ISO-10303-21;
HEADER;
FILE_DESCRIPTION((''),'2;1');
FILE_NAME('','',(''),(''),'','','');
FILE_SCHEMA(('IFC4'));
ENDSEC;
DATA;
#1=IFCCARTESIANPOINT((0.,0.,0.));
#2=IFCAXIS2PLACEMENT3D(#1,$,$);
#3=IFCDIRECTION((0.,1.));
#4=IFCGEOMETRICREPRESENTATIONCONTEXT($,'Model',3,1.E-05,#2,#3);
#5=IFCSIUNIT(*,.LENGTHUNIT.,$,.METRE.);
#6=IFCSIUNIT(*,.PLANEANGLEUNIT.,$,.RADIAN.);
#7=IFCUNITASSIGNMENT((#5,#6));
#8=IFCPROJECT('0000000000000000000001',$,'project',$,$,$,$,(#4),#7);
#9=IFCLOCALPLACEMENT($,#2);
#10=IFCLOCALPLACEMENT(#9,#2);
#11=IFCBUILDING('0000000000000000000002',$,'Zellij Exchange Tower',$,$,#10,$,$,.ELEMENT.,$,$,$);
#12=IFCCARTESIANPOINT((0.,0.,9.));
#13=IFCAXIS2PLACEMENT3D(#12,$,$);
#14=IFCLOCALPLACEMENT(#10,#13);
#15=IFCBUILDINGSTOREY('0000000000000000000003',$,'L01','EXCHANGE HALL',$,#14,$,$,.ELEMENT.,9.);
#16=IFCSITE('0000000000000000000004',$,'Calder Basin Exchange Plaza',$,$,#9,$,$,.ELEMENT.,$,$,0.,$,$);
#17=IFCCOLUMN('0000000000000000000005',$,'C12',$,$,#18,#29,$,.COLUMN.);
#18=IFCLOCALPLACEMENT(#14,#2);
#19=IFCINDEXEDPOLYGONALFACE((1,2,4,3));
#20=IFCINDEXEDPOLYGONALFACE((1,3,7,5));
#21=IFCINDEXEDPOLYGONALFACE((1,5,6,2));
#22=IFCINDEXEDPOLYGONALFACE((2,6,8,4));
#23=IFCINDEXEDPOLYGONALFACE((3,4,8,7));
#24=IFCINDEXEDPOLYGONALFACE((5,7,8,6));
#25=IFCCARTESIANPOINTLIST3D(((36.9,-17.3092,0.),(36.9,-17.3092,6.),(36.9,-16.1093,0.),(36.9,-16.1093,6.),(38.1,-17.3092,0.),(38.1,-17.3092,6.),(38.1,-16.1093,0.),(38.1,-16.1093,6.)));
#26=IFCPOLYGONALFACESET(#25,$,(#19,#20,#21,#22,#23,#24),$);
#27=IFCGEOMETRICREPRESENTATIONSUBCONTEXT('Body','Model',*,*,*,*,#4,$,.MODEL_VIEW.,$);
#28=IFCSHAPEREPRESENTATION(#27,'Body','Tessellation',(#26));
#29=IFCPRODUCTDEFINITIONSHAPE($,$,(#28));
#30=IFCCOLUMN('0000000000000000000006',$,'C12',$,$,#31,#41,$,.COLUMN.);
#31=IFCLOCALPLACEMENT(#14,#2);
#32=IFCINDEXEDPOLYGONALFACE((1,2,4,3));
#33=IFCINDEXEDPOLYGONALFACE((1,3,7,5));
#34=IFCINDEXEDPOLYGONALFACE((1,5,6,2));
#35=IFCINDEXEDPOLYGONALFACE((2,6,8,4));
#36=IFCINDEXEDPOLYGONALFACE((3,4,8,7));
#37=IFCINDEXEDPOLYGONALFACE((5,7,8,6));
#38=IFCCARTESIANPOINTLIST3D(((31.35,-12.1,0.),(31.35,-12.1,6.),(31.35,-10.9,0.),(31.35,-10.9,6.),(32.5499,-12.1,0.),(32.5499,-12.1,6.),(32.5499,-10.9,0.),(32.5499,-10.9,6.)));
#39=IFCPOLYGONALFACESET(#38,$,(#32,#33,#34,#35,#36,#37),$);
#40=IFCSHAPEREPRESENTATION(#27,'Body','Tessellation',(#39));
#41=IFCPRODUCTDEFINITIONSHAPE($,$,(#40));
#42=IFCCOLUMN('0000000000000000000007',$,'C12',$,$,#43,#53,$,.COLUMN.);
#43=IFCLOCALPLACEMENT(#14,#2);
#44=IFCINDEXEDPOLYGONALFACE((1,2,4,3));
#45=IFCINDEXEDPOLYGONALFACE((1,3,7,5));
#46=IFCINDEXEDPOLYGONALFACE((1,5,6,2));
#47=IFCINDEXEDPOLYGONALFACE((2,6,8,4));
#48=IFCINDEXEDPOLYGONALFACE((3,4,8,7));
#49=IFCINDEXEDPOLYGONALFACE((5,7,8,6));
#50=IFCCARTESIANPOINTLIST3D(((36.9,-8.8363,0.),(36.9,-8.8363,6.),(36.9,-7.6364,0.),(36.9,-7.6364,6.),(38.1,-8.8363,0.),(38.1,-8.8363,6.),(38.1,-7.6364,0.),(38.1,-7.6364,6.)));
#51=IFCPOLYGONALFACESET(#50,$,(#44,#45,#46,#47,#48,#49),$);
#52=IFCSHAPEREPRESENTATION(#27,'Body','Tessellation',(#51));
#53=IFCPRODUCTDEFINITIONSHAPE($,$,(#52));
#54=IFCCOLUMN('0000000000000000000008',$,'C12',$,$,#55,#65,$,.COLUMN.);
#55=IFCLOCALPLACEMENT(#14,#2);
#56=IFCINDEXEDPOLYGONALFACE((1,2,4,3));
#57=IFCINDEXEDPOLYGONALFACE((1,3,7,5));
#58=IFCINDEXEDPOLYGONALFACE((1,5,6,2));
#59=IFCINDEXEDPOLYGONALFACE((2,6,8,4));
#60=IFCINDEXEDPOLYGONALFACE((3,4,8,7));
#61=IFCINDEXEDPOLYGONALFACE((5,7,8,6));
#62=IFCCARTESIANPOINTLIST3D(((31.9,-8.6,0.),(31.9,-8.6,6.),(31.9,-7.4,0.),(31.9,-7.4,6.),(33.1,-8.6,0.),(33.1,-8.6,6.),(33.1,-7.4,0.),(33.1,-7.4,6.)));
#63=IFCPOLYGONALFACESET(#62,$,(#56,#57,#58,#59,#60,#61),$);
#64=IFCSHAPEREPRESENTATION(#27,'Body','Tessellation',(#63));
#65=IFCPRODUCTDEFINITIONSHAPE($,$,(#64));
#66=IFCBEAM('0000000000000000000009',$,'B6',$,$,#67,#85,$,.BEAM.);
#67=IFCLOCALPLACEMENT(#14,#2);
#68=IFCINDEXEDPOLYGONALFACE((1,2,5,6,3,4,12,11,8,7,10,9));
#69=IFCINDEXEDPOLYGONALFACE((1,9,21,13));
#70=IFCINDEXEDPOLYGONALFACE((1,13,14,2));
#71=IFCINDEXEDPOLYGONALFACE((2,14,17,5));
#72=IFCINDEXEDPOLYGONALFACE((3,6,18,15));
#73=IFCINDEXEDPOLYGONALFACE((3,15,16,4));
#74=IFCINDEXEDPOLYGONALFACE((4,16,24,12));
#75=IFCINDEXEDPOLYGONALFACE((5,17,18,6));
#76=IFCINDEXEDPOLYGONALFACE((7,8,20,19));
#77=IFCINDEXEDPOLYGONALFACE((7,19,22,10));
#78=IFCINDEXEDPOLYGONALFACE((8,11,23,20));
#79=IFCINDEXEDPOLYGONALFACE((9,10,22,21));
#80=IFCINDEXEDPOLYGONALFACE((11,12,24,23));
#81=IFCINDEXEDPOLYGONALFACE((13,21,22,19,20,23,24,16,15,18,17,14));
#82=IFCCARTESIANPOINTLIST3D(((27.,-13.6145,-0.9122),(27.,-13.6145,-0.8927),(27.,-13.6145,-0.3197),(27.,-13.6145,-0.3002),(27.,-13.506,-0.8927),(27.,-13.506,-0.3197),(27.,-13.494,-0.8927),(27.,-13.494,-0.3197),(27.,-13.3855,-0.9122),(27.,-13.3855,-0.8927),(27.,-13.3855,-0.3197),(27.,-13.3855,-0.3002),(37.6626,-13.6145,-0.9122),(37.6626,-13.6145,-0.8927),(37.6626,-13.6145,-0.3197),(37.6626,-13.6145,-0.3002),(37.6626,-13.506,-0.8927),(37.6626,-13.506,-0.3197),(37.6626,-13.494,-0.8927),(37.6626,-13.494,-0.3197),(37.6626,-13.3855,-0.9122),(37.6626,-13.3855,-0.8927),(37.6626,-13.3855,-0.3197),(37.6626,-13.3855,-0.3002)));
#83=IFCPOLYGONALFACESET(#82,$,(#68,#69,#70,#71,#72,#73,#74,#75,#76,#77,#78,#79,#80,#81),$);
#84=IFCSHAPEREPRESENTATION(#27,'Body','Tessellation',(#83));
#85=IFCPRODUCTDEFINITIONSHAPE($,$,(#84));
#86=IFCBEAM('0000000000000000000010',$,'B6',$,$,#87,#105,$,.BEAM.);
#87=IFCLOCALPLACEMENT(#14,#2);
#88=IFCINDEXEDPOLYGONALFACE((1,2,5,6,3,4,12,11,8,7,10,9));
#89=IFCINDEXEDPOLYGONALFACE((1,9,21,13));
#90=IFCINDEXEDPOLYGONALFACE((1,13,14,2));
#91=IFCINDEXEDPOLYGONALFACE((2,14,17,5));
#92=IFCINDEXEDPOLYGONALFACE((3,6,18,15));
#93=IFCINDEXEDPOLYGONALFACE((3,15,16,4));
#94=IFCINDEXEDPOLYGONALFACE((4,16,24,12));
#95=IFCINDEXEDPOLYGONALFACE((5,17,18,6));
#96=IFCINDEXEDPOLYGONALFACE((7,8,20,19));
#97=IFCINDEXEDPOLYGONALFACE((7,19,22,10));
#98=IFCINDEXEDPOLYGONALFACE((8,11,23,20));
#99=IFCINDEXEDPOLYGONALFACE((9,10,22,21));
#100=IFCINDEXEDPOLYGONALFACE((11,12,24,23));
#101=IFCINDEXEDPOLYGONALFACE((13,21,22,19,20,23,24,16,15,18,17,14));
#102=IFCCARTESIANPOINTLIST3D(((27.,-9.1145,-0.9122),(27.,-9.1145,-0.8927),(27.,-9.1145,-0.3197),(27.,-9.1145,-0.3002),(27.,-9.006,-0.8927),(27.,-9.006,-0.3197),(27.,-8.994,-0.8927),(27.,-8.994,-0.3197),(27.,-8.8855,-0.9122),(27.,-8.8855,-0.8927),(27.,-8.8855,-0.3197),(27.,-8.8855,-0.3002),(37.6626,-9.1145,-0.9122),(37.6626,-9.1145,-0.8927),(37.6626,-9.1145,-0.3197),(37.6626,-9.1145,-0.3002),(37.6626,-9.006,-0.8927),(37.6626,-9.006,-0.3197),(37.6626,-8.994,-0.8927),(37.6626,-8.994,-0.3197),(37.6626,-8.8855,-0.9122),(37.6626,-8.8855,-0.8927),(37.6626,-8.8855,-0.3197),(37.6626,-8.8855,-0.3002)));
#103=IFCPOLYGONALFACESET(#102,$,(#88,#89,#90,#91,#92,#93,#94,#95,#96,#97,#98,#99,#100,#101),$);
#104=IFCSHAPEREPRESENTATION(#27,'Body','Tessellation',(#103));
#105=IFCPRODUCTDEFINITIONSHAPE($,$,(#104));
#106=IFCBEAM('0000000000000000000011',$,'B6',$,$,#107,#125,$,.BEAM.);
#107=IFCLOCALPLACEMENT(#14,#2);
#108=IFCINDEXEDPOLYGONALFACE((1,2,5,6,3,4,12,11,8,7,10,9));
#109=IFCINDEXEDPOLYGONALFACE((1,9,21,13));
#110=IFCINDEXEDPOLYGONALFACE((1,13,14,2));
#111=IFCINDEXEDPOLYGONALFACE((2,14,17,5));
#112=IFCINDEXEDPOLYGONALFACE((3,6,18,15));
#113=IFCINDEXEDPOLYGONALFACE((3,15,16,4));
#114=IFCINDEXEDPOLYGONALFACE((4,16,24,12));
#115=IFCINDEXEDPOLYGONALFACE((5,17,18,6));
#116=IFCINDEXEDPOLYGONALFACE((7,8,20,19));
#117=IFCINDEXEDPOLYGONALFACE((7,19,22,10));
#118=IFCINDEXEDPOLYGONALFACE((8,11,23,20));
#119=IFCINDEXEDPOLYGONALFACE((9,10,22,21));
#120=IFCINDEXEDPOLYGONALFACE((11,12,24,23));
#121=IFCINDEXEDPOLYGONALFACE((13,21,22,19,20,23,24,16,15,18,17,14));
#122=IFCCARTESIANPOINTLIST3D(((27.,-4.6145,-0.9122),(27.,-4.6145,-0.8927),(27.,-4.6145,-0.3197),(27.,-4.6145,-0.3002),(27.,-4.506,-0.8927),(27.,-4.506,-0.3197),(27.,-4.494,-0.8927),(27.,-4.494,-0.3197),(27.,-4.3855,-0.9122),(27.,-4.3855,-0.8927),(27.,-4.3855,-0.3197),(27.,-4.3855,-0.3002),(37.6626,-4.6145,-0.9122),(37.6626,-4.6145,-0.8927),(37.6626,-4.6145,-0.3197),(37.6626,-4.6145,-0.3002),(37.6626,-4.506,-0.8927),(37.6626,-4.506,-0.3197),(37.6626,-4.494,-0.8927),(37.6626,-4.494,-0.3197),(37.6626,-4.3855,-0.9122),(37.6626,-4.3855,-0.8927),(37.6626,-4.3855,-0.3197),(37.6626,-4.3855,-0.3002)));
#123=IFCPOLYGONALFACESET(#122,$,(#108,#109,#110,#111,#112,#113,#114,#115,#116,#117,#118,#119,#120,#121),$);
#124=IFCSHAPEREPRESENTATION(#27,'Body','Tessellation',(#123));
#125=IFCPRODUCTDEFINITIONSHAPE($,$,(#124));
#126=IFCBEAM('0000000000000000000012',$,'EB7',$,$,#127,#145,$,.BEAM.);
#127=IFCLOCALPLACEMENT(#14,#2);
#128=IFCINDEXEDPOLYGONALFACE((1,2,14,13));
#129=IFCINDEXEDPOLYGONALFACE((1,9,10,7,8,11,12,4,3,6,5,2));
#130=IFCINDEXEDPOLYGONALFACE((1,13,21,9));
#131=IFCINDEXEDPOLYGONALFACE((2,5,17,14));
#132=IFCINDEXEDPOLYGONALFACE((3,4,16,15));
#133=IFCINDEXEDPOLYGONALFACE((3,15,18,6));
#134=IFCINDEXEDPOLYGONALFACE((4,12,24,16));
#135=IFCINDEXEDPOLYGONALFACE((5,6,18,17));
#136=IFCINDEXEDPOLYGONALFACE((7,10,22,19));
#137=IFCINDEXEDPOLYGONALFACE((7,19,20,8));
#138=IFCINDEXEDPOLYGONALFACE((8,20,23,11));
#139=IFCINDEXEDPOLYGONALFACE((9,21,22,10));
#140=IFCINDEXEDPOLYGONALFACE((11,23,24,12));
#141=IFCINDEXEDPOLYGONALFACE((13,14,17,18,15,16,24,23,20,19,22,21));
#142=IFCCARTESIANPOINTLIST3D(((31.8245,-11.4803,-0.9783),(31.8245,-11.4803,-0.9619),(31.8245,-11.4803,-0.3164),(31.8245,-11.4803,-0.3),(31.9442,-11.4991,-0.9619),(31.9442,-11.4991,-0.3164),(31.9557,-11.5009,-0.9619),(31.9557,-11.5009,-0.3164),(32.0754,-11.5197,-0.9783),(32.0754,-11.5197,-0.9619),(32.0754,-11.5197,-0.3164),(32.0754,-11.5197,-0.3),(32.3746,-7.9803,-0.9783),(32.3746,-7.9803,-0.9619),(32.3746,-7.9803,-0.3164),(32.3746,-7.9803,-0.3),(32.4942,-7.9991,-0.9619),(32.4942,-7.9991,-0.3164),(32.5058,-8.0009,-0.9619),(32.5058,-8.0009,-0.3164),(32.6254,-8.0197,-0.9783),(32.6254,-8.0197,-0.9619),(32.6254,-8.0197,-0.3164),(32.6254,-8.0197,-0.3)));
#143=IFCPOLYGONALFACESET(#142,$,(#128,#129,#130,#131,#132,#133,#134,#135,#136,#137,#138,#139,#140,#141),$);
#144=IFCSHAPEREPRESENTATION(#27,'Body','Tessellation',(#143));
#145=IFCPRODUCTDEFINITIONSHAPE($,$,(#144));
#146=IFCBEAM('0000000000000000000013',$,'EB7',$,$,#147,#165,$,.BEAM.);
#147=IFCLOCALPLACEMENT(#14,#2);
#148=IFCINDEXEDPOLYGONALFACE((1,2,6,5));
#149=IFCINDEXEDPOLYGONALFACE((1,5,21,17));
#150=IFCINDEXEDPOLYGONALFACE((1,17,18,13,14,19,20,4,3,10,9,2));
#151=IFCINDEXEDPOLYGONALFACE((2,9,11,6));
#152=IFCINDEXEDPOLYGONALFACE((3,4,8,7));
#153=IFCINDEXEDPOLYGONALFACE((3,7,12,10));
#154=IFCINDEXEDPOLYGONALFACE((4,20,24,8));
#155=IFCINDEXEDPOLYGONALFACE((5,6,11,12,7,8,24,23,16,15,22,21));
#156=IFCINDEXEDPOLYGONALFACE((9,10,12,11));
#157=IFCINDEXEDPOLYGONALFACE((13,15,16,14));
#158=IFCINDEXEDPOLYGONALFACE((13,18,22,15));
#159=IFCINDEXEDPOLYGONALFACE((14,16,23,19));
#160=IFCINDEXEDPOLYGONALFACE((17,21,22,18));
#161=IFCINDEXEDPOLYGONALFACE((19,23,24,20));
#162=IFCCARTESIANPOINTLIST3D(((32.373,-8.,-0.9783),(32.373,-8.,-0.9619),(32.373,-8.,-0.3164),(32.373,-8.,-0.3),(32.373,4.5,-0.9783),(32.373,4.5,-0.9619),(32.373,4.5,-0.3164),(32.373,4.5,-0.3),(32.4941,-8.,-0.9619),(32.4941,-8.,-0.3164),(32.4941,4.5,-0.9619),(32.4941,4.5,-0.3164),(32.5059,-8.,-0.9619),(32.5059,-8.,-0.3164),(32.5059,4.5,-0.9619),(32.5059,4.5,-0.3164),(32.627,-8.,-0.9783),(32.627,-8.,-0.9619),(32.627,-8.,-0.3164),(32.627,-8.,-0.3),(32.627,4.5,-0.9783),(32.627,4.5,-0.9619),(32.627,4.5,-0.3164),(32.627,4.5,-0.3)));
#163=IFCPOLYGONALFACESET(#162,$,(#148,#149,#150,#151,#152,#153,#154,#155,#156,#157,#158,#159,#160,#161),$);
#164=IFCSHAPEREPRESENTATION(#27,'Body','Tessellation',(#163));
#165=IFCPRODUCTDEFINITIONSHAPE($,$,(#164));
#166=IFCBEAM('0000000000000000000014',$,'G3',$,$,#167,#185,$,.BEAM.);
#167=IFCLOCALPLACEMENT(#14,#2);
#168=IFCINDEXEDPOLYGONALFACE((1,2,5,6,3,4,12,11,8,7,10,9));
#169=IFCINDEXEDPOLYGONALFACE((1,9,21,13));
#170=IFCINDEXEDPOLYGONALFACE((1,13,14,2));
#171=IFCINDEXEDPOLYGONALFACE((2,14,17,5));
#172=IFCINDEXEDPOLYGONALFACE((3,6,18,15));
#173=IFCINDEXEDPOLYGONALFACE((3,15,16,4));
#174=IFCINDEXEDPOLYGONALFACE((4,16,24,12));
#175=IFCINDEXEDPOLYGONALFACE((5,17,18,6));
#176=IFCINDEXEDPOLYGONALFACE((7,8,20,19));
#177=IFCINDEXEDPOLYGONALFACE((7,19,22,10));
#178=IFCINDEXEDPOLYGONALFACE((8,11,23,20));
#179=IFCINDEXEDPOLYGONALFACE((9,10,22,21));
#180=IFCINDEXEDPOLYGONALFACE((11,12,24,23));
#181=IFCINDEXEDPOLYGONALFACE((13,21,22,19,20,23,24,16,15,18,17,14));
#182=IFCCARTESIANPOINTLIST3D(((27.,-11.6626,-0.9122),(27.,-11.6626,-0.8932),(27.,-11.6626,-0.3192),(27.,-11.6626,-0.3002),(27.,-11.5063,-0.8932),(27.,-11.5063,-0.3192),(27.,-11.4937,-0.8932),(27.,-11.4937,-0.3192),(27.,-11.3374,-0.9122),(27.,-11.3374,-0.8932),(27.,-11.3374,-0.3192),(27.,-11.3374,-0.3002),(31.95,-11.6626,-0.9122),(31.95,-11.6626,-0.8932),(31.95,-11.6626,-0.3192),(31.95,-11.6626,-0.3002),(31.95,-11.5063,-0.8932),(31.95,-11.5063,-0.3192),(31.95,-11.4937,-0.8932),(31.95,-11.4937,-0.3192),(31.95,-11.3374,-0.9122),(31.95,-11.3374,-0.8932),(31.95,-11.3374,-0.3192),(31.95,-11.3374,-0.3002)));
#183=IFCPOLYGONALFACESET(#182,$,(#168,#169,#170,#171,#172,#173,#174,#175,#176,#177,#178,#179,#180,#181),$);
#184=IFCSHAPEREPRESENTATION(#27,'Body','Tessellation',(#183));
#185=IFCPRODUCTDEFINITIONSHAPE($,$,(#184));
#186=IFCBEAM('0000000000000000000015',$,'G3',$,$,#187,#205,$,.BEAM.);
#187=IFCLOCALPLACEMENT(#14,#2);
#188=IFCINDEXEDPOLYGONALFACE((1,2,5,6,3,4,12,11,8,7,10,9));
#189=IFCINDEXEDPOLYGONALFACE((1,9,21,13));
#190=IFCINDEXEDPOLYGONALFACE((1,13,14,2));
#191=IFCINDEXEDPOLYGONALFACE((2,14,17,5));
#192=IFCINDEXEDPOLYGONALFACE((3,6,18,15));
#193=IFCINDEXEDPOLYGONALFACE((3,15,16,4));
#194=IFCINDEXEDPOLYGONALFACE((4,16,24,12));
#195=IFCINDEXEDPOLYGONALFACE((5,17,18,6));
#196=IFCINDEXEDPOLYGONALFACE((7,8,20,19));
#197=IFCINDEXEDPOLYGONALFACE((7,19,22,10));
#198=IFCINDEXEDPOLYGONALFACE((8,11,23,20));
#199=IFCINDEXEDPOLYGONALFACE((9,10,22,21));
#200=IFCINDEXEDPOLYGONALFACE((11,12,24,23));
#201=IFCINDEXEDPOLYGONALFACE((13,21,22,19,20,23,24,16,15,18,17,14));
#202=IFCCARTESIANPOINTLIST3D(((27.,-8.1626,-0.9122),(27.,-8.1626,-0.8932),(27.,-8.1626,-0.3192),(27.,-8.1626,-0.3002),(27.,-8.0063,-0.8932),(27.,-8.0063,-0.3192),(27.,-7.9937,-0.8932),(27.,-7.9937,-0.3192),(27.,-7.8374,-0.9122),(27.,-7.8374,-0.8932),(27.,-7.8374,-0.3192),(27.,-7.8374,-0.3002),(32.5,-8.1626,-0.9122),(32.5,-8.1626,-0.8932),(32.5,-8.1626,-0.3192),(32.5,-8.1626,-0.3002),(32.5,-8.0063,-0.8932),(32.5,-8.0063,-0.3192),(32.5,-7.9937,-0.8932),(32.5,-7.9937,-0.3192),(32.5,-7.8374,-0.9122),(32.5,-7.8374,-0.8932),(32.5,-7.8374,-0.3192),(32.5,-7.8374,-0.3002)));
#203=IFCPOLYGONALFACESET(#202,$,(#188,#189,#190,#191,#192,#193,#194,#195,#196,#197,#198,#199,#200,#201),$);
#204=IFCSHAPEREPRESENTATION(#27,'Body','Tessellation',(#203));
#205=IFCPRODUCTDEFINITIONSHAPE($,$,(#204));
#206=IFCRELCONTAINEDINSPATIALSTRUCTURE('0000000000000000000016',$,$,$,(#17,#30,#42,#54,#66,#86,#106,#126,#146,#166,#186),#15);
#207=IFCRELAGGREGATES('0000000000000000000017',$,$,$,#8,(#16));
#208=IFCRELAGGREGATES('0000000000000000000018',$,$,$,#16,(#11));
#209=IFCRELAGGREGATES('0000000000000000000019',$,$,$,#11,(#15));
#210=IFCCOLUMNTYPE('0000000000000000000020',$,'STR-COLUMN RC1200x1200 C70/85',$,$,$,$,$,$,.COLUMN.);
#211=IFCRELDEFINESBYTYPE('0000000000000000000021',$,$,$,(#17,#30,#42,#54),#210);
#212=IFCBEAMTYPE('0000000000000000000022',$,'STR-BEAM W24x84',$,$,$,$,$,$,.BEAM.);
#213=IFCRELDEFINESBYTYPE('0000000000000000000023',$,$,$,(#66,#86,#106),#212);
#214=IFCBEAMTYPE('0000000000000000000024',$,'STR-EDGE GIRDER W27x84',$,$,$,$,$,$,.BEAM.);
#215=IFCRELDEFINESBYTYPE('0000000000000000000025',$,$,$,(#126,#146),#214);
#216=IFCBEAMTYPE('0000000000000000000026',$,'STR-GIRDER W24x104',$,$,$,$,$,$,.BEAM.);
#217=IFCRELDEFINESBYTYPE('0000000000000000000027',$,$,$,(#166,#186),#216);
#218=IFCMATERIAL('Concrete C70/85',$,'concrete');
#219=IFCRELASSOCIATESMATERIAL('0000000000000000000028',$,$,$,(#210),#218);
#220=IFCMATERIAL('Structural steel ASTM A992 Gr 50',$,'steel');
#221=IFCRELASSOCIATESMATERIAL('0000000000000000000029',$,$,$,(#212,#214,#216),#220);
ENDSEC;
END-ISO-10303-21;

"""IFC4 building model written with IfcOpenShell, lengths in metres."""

from ifc_helpers import new_model, si_unit, direction, frame, origin, origin_2d, place, context, subcontext, project, spatial, rectangle, i_section, extrude, material, material_profile, profile_set, type_object, element, save


model = new_model("IFC4")

# Units and contexts
model_context = context("Model", 3, precision=1e-05, world=origin(), true_north=direction((0.0, 1.0)))
body_context = subcontext(model_context, "Body", "Model", "MODEL_VIEW")
ifc_project = project(units=[si_unit("LENGTHUNIT", "METRE"), si_unit("PLANEANGLEUNIT", "RADIAN")], contexts=[model_context])

# Site, building, storey
site_placement = place(None, origin())
site = spatial("IfcSite", under=ifc_project, at=site_placement, Name="Calder Basin Exchange Plaza", CompositionType="ELEMENT", RefElevation=0.0)
building_placement = place(site_placement, origin())
building = spatial("IfcBuilding", under=site, at=building_placement, Name="Zellij Exchange Tower", CompositionType="ELEMENT")
storey_placement = place(building_placement, frame((0.0, 0.0, 9.0)))
storey = spatial("IfcBuildingStorey", under=building, at=storey_placement, Name="L01", Description="EXCHANGE HALL", CompositionType="ELEMENT", Elevation=9.0)

# Columns
ifc_material_1 = material(Name="Concrete C70/85", Category="concrete")
ifc_material_profile_1 = material_profile(ifc_material_1, rectangle(XDim=1.2, YDim=1.2, at=origin_2d()), Name="STR-COLUMN RC1200x1200 C70/85")
ifc_profile_set_1 = profile_set([ifc_material_profile_1], Name="Concrete C70/85")
column_type = type_object("IfcColumnType", Name="STR-COLUMN RC1200x1200 C70/85", PredefinedType="COLUMN", material=ifc_profile_set_1)
for number, where, z_axis, x_axis, name in (
    (1, (37.5, -16.7092, 0.0), (0.0, 0.0, 1.0), (1.0, 0.0, 0.0), "C12"),
    (2, (31.95, -11.5, 0.0), (0.0, 0.0, 1.0), (1.0, 0.0, 0.0), "C12"),
    (3, (37.5, -8.2363, 0.0), (0.0, 0.0, 1.0), (1.0, 0.0, 0.0), "C12"),
    (4, (32.5, -8.0, 0.0), (0.0, 0.0, 1.0), (1.0, 0.0, 0.0), "C12"),
):
    element("IfcColumn", number, at=place(storey_placement, frame(where, z_axis=z_axis, x_axis=x_axis)), inside=storey, type_object=column_type, Name=name, PredefinedType="COLUMN", context=body_context, shape_type="SweptSolid", body=[
        extrude(rectangle(XDim=1.2, YDim=1.2, at=origin_2d()), origin(), (0.0, 0.0, 1.0), 6.0),
    ])

# Beams
ifc_material_2 = material(Name="Structural steel ASTM A992 Gr 50", Category="steel")
ifc_material_profile_2 = material_profile(ifc_material_2, i_section(OverallWidth=0.229, OverallDepth=0.6121, WebThickness=0.012, FlangeThickness=0.0195, at=origin_2d()), Name="W24x84")
ifc_profile_set_2 = profile_set([ifc_material_profile_2], Name="Structural steel ASTM A992 Gr 50")
beam_type_1 = type_object("IfcBeamType", Name="STR-BEAM W24x84", PredefinedType="BEAM", material=ifc_profile_set_2)
for number, where, z_axis, x_axis, name in (
    (5, (27.0, -13.5, -0.6062), (1.0, 0.0, 0.0), (0.0, 1.0, 0.0), "B6"),
    (6, (27.0, -9.0, -0.6062), (1.0, 0.0, 0.0), (0.0, 1.0, 0.0), "B6"),
    (7, (27.0, -4.5, -0.6062), (1.0, 0.0, 0.0), (0.0, 1.0, 0.0), "B6"),
):
    element("IfcBeam", number, at=place(storey_placement, frame(where, z_axis=z_axis, x_axis=x_axis)), inside=storey, type_object=beam_type_1, Name=name, PredefinedType="BEAM", context=body_context, shape_type="SweptSolid", body=[
        extrude(i_section(OverallWidth=0.229, OverallDepth=0.6121, WebThickness=0.012, FlangeThickness=0.0195, at=origin_2d()), origin(), (0.0, 0.0, 1.0), 10.6626),
    ])
ifc_material_profile_3 = material_profile(ifc_material_2, i_section(OverallWidth=0.2539, OverallDepth=0.6782, WebThickness=0.0117, FlangeThickness=0.0164, at=origin_2d()), Name="W27x84")
ifc_profile_set_3 = profile_set([ifc_material_profile_3], Name="Structural steel ASTM A992 Gr 50")
beam_type_2 = type_object("IfcBeamType", Name="STR-EDGE GIRDER W27x84", PredefinedType="BEAM", material=ifc_profile_set_3)
beam_1_placement = place(storey_placement, frame((31.95, -11.5, -0.6392), z_axis=(0.155251, 0.987875, 0.0), x_axis=(-0.987875, 0.155251, 0.0)))
element("IfcBeam", 8, at=beam_1_placement, inside=storey, type_object=beam_type_2, Name="EB7", PredefinedType="BEAM", context=body_context, shape_type="SweptSolid", body=[
    extrude(i_section(OverallWidth=0.2539, OverallDepth=0.6782, WebThickness=0.0117, FlangeThickness=0.0164, at=origin_2d()), origin(), (0.0, 0.0, 1.0), 3.543),
])
beam_2_placement = place(storey_placement, frame((32.5, -8.0, -0.6392), z_axis=(0.0, 1.0, 0.0), x_axis=(-1.0, 0.0, 0.0)))
element("IfcBeam", 9, at=beam_2_placement, inside=storey, type_object=beam_type_2, Name="EB7", PredefinedType="BEAM", context=body_context, shape_type="SweptSolid", body=[
    extrude(i_section(OverallWidth=0.2539, OverallDepth=0.6782, WebThickness=0.0117, FlangeThickness=0.0164, at=origin_2d()), origin(), (0.0, 0.0, 1.0), 12.5),
])
ifc_material_profile_4 = material_profile(ifc_material_2, i_section(OverallWidth=0.3252, OverallDepth=0.6121, WebThickness=0.0127, FlangeThickness=0.019, at=origin_2d()), Name="W24x104")
ifc_profile_set_4 = profile_set([ifc_material_profile_4], Name="Structural steel ASTM A992 Gr 50")
beam_type_3 = type_object("IfcBeamType", Name="STR-GIRDER W24x104", PredefinedType="BEAM", material=ifc_profile_set_4)
beam_3_placement = place(storey_placement, frame((27.0, -11.5, -0.6062), z_axis=(1.0, 0.0, 0.0), x_axis=(0.0, 1.0, 0.0)))
element("IfcBeam", 10, at=beam_3_placement, inside=storey, type_object=beam_type_3, Name="G3", PredefinedType="BEAM", context=body_context, shape_type="SweptSolid", body=[
    extrude(i_section(OverallWidth=0.3252, OverallDepth=0.6121, WebThickness=0.0127, FlangeThickness=0.019, at=origin_2d()), origin(), (0.0, 0.0, 1.0), 4.95),
])
beam_4_placement = place(storey_placement, frame((27.0, -8.0, -0.6062), z_axis=(1.0, 0.0, 0.0), x_axis=(0.0, 1.0, 0.0)))
element("IfcBeam", 11, at=beam_4_placement, inside=storey, type_object=beam_type_3, Name="G3", PredefinedType="BEAM", context=body_context, shape_type="SweptSolid", body=[
    extrude(i_section(OverallWidth=0.3252, OverallDepth=0.6121, WebThickness=0.0127, FlangeThickness=0.019, at=origin_2d()), origin(), (0.0, 0.0, 1.0), 5.5),
])

save(model, "model.ifc")
